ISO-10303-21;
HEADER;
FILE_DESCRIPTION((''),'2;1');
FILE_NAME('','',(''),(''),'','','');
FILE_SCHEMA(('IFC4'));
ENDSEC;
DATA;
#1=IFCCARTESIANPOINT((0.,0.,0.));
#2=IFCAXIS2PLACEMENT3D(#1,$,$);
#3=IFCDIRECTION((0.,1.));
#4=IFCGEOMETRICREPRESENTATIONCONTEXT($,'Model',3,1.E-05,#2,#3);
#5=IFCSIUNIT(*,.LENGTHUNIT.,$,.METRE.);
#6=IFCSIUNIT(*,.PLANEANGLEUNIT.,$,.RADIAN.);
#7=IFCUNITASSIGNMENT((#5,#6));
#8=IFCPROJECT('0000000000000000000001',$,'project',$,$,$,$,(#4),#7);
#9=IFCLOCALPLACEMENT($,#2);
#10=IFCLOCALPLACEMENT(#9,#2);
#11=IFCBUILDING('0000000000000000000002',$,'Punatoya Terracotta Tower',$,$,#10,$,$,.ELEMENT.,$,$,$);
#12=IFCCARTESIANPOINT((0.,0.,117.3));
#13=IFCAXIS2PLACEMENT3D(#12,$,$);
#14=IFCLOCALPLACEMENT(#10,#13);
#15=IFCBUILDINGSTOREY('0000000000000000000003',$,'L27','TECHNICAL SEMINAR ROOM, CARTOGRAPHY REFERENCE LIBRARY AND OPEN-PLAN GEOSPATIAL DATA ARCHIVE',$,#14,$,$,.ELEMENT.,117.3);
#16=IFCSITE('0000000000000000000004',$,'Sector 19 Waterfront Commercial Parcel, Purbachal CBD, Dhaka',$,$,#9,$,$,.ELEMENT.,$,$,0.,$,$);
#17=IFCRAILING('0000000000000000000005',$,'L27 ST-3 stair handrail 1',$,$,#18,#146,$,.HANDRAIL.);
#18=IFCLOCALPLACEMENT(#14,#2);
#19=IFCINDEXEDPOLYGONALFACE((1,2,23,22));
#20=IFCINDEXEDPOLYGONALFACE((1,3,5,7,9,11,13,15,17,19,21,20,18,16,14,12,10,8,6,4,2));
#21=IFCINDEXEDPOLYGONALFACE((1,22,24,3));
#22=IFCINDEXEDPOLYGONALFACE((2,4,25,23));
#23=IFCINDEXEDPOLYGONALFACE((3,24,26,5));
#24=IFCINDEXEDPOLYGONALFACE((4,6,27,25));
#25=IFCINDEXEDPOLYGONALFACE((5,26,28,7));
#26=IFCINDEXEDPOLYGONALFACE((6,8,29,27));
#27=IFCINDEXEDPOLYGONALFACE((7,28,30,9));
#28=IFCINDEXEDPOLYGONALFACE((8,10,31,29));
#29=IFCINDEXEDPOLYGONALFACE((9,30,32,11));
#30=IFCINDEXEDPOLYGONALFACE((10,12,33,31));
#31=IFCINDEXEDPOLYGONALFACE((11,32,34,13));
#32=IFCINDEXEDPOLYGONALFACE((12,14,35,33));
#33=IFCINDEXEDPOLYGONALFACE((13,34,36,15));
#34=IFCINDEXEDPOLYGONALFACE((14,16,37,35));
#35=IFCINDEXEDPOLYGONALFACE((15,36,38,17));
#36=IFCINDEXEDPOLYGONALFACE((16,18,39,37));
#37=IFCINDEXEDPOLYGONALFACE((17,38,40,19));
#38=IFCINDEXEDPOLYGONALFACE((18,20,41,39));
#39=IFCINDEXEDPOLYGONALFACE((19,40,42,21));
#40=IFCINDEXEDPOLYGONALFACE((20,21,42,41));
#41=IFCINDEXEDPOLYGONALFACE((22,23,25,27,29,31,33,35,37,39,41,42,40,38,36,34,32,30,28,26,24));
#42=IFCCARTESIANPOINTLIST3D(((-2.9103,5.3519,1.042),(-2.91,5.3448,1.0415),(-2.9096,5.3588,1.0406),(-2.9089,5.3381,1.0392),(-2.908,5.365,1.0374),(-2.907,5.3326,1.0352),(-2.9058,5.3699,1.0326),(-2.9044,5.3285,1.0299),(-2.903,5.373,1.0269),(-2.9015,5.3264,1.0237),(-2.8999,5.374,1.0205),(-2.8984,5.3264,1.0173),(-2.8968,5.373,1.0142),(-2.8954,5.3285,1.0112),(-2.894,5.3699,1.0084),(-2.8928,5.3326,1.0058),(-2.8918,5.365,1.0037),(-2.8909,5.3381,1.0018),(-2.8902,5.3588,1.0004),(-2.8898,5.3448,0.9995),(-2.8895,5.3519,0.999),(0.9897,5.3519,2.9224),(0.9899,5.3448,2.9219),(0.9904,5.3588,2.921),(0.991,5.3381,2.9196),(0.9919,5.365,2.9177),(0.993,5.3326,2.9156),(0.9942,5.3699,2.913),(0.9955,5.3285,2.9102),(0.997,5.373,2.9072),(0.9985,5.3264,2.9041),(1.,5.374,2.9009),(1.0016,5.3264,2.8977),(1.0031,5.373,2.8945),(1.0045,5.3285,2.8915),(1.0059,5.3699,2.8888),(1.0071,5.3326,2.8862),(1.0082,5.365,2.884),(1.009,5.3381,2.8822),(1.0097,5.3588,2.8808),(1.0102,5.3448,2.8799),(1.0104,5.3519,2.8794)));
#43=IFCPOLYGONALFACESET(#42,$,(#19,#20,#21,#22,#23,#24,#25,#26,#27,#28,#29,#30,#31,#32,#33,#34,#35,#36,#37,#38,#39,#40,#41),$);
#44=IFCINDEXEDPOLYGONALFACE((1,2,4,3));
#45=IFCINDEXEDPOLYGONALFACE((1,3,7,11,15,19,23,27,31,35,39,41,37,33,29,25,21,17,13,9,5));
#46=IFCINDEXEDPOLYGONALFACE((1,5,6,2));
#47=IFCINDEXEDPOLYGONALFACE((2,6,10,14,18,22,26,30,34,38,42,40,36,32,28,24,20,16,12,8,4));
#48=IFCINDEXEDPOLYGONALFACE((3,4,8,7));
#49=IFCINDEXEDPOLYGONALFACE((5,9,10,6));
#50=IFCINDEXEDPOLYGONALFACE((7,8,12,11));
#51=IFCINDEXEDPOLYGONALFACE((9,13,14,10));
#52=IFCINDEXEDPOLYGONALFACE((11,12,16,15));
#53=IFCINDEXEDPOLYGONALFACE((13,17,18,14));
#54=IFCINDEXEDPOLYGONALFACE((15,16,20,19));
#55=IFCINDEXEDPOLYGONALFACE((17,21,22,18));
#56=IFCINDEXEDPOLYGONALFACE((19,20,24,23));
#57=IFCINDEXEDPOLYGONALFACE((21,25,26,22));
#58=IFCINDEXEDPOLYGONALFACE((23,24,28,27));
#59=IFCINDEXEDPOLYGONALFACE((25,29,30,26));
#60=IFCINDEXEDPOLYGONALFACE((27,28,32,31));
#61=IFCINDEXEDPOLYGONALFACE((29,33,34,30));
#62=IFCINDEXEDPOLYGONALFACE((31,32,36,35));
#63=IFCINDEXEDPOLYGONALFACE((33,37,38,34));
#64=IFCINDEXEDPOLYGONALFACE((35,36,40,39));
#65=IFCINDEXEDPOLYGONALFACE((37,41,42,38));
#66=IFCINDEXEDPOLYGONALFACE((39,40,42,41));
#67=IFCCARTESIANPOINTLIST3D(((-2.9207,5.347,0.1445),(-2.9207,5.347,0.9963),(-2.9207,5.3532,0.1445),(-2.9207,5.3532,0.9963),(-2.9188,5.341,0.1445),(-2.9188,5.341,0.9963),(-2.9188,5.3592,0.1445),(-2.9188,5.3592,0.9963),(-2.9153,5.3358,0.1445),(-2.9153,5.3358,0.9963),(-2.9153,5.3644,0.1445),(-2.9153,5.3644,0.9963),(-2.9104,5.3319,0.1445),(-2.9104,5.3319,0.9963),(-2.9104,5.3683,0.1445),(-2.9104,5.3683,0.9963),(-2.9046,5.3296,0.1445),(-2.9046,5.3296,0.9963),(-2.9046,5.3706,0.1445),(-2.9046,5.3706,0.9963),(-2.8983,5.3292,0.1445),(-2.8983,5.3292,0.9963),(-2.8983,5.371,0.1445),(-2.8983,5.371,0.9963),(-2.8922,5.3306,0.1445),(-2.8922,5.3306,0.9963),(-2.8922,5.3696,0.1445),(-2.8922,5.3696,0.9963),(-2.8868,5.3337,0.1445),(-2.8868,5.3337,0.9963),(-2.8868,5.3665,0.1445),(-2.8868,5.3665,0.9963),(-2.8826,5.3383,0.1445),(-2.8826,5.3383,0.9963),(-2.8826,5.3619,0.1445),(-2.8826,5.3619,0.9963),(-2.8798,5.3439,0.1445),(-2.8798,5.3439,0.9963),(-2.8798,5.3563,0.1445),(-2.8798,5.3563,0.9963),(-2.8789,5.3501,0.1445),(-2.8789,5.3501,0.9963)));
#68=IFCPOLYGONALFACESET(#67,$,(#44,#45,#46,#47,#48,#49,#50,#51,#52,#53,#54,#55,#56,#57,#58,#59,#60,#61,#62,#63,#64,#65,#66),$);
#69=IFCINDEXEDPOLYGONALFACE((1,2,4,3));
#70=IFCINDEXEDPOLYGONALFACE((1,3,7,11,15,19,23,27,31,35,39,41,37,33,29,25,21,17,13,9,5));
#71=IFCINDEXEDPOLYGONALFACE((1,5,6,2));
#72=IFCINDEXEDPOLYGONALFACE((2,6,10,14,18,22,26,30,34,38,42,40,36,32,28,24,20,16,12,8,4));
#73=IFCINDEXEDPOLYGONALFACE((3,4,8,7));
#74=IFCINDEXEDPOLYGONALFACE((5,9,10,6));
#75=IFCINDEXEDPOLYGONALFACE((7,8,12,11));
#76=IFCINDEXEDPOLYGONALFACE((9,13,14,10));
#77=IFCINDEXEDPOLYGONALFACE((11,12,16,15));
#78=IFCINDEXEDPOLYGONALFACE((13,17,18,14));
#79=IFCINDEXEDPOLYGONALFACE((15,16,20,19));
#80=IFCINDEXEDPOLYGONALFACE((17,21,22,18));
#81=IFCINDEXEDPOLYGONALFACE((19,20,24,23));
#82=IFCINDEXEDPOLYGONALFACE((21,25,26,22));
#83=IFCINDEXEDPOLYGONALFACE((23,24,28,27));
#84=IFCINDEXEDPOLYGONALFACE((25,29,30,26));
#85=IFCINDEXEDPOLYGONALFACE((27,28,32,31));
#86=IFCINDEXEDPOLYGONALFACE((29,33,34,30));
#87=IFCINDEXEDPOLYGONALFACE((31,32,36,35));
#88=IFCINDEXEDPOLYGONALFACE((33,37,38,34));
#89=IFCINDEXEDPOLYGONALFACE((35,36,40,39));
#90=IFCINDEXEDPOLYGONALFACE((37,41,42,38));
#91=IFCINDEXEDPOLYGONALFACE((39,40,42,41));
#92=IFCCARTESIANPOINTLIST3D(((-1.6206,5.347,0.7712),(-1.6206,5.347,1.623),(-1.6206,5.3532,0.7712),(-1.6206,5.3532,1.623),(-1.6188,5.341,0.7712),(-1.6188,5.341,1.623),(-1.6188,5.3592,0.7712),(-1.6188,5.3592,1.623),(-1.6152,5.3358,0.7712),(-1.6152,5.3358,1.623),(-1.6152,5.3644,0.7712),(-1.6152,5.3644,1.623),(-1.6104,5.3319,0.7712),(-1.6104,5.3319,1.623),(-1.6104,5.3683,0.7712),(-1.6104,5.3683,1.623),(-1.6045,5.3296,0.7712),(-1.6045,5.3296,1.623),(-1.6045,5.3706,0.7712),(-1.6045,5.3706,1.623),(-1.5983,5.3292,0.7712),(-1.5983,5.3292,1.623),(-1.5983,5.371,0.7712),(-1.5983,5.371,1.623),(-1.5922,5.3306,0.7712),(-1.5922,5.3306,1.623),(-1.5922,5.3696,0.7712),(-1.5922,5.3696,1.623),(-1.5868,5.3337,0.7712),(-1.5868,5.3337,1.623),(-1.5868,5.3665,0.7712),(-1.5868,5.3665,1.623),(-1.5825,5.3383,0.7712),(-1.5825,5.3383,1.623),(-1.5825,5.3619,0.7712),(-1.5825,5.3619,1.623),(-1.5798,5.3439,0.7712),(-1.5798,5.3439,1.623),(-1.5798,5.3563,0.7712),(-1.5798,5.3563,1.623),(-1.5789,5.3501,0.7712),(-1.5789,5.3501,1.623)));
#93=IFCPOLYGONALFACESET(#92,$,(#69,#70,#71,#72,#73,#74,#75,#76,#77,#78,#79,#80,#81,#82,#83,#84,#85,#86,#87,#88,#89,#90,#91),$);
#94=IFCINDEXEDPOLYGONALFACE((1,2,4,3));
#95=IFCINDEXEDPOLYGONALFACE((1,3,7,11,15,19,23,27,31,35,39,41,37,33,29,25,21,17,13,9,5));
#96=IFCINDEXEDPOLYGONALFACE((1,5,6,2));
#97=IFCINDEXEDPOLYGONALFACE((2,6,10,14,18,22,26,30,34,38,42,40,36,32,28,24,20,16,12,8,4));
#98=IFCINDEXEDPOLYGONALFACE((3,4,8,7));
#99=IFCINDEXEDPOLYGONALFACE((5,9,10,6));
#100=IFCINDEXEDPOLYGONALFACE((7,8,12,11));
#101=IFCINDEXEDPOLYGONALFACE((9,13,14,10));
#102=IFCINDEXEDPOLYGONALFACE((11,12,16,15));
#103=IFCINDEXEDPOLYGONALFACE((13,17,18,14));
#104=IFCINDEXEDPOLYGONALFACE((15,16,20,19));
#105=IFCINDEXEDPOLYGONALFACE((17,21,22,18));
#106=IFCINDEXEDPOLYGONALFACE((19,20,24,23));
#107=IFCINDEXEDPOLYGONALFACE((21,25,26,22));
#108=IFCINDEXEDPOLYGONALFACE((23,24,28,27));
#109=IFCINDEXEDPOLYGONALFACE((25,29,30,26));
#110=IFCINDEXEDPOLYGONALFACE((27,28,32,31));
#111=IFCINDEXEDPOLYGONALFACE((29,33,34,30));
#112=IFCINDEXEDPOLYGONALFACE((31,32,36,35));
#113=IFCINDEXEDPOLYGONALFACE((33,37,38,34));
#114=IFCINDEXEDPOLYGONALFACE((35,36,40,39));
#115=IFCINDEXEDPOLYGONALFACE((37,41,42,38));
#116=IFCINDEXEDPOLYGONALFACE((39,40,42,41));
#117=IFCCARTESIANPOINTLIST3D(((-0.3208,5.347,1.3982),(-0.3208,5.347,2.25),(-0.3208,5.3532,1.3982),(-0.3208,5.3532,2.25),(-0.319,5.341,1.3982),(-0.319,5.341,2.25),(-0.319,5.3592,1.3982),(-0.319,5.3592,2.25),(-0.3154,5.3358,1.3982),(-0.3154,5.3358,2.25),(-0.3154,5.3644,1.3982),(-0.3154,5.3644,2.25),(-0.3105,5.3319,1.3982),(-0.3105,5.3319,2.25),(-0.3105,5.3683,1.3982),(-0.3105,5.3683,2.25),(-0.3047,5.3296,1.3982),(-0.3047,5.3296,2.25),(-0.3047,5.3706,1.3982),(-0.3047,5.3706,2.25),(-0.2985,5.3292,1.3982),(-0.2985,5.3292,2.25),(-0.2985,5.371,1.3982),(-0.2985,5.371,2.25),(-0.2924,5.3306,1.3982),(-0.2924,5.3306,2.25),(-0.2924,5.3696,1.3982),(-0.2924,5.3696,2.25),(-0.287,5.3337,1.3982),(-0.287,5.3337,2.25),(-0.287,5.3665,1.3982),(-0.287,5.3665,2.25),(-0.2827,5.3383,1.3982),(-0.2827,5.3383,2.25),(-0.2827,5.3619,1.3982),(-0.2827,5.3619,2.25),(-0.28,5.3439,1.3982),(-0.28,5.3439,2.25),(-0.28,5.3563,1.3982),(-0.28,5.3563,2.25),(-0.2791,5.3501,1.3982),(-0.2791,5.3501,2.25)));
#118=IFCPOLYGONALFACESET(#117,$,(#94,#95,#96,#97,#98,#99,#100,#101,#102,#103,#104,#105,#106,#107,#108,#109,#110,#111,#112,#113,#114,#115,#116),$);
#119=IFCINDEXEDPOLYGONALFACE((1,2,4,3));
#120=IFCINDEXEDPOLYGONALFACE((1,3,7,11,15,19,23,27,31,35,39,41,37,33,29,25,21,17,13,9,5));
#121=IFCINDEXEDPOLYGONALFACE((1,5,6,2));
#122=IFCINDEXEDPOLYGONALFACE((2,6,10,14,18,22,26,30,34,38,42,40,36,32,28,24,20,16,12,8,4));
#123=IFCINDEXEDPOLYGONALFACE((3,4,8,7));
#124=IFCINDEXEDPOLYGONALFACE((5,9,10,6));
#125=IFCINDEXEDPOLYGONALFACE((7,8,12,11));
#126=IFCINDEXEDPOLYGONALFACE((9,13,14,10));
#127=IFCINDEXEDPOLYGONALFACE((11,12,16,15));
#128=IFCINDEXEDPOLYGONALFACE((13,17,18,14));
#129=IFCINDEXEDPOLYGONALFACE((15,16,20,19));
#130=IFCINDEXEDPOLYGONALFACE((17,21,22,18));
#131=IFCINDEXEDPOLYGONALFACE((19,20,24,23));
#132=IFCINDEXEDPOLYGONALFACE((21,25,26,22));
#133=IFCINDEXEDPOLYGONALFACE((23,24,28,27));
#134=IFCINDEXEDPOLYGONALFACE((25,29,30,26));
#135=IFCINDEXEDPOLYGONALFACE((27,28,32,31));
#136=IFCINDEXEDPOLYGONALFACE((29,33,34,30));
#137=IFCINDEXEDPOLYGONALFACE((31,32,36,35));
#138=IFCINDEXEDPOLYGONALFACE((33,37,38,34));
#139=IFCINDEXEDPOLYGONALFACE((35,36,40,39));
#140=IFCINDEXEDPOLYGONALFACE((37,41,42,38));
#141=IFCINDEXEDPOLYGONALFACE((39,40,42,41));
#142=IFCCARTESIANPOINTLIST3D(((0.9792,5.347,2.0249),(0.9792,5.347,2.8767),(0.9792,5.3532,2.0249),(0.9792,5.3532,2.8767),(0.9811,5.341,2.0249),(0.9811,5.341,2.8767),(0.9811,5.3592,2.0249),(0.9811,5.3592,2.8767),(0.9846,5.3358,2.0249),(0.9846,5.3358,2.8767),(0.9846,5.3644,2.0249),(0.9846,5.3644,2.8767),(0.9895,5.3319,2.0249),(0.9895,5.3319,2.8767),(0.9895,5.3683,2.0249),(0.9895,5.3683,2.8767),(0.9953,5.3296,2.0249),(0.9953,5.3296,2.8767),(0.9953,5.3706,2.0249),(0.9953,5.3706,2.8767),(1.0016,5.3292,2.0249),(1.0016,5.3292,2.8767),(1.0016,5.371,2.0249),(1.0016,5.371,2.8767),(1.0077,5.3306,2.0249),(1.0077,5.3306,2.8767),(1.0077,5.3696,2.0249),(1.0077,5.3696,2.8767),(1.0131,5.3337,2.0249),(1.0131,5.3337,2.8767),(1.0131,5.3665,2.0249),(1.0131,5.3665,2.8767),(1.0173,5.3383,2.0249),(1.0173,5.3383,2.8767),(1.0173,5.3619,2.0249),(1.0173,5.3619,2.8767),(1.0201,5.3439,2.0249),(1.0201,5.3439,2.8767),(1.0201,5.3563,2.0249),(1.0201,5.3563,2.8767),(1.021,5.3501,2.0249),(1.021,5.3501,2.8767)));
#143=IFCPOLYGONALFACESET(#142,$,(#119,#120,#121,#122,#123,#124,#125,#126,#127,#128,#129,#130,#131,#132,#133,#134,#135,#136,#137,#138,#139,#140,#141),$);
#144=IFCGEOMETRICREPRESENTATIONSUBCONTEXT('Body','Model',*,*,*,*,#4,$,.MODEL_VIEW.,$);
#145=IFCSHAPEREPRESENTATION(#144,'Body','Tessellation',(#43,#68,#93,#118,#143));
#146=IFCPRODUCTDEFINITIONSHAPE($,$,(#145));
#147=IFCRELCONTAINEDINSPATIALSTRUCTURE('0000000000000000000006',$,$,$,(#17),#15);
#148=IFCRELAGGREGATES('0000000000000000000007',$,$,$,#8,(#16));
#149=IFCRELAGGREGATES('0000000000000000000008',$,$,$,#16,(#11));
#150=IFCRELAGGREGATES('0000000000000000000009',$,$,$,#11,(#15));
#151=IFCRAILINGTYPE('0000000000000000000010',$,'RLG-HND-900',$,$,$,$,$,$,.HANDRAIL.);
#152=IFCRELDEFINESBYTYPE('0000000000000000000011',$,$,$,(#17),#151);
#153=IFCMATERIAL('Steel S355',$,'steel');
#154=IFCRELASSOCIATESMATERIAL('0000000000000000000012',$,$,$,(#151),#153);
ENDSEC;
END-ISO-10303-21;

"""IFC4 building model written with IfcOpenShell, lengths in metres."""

from ifc_helpers import new_model, si_unit, direction, frame, origin, origin_2d, place, context, subcontext, project, spatial, circle, extrude, material, type_object, element, save


model = new_model("IFC4")

# Units and contexts
model_context = context("Model", 3, precision=1e-05, world=origin(), true_north=direction((0.0, 1.0)))
body_context = subcontext(model_context, "Body", "Model", "MODEL_VIEW")
ifc_project = project(units=[si_unit("LENGTHUNIT", "METRE"), si_unit("PLANEANGLEUNIT", "RADIAN")], contexts=[model_context])

# Site, building, storey
site_placement = place(None, origin())
site = spatial("IfcSite", under=ifc_project, at=site_placement, Name="Sector 19 Waterfront Commercial Parcel, Purbachal CBD, Dhaka", CompositionType="ELEMENT", RefElevation=0.0)
building_placement = place(site_placement, origin())
building = spatial("IfcBuilding", under=site, at=building_placement, Name="Punatoya Terracotta Tower", CompositionType="ELEMENT")
storey_placement = place(building_placement, frame((0.0, 0.0, 117.3)))
storey = spatial("IfcBuildingStorey", under=building, at=storey_placement, Name="L27", Description="TECHNICAL SEMINAR ROOM, CARTOGRAPHY REFERENCE LIBRARY AND OPEN-PLAN GEOSPATIAL DATA ARCHIVE", CompositionType="ELEMENT", Elevation=117.3)

# Shared definitions
ifc_material_1 = material(Name="Steel S355", Category="steel")

# Railing
railing_type_1 = type_object("IfcRailingType", Name="RLG-HND-900", PredefinedType="HANDRAIL", material=ifc_material_1)
railing_1_placement = place(storey_placement, frame((-2.8999, 5.3501, 0.1445)))
element("IfcRailing", 1, at=railing_1_placement, inside=storey, type_object=railing_type_1, Name="L27 ST-3 stair handrail 1", PredefinedType="HANDRAIL", context=body_context, shape_type="SweptSolid", body=[
    extrude(circle(Radius=0.0239, at=origin_2d()), frame((0.0, 0.0, 0.876), z_axis=(0.900763, 0.0, 0.434311), x_axis=(0.0, 1.0, 0.0)), (0.0, 0.0, 1.0), 4.3296),
    extrude(circle(Radius=0.021, at=origin_2d()), origin(), (0.0, 0.0, 1.0), 0.8518),
    extrude(circle(Radius=0.021, at=origin_2d()), frame((1.3, 0.0, 0.6267)), (0.0, 0.0, 1.0), 0.8518),
    extrude(circle(Radius=0.021, at=origin_2d()), frame((2.5999, 0.0, 1.2537)), (0.0, 0.0, 1.0), 0.8518),
    extrude(circle(Radius=0.021, at=origin_2d()), frame((3.8999, 0.0, 1.8804)), (0.0, 0.0, 1.0), 0.8518),
])

save(model, "model.ifc")
